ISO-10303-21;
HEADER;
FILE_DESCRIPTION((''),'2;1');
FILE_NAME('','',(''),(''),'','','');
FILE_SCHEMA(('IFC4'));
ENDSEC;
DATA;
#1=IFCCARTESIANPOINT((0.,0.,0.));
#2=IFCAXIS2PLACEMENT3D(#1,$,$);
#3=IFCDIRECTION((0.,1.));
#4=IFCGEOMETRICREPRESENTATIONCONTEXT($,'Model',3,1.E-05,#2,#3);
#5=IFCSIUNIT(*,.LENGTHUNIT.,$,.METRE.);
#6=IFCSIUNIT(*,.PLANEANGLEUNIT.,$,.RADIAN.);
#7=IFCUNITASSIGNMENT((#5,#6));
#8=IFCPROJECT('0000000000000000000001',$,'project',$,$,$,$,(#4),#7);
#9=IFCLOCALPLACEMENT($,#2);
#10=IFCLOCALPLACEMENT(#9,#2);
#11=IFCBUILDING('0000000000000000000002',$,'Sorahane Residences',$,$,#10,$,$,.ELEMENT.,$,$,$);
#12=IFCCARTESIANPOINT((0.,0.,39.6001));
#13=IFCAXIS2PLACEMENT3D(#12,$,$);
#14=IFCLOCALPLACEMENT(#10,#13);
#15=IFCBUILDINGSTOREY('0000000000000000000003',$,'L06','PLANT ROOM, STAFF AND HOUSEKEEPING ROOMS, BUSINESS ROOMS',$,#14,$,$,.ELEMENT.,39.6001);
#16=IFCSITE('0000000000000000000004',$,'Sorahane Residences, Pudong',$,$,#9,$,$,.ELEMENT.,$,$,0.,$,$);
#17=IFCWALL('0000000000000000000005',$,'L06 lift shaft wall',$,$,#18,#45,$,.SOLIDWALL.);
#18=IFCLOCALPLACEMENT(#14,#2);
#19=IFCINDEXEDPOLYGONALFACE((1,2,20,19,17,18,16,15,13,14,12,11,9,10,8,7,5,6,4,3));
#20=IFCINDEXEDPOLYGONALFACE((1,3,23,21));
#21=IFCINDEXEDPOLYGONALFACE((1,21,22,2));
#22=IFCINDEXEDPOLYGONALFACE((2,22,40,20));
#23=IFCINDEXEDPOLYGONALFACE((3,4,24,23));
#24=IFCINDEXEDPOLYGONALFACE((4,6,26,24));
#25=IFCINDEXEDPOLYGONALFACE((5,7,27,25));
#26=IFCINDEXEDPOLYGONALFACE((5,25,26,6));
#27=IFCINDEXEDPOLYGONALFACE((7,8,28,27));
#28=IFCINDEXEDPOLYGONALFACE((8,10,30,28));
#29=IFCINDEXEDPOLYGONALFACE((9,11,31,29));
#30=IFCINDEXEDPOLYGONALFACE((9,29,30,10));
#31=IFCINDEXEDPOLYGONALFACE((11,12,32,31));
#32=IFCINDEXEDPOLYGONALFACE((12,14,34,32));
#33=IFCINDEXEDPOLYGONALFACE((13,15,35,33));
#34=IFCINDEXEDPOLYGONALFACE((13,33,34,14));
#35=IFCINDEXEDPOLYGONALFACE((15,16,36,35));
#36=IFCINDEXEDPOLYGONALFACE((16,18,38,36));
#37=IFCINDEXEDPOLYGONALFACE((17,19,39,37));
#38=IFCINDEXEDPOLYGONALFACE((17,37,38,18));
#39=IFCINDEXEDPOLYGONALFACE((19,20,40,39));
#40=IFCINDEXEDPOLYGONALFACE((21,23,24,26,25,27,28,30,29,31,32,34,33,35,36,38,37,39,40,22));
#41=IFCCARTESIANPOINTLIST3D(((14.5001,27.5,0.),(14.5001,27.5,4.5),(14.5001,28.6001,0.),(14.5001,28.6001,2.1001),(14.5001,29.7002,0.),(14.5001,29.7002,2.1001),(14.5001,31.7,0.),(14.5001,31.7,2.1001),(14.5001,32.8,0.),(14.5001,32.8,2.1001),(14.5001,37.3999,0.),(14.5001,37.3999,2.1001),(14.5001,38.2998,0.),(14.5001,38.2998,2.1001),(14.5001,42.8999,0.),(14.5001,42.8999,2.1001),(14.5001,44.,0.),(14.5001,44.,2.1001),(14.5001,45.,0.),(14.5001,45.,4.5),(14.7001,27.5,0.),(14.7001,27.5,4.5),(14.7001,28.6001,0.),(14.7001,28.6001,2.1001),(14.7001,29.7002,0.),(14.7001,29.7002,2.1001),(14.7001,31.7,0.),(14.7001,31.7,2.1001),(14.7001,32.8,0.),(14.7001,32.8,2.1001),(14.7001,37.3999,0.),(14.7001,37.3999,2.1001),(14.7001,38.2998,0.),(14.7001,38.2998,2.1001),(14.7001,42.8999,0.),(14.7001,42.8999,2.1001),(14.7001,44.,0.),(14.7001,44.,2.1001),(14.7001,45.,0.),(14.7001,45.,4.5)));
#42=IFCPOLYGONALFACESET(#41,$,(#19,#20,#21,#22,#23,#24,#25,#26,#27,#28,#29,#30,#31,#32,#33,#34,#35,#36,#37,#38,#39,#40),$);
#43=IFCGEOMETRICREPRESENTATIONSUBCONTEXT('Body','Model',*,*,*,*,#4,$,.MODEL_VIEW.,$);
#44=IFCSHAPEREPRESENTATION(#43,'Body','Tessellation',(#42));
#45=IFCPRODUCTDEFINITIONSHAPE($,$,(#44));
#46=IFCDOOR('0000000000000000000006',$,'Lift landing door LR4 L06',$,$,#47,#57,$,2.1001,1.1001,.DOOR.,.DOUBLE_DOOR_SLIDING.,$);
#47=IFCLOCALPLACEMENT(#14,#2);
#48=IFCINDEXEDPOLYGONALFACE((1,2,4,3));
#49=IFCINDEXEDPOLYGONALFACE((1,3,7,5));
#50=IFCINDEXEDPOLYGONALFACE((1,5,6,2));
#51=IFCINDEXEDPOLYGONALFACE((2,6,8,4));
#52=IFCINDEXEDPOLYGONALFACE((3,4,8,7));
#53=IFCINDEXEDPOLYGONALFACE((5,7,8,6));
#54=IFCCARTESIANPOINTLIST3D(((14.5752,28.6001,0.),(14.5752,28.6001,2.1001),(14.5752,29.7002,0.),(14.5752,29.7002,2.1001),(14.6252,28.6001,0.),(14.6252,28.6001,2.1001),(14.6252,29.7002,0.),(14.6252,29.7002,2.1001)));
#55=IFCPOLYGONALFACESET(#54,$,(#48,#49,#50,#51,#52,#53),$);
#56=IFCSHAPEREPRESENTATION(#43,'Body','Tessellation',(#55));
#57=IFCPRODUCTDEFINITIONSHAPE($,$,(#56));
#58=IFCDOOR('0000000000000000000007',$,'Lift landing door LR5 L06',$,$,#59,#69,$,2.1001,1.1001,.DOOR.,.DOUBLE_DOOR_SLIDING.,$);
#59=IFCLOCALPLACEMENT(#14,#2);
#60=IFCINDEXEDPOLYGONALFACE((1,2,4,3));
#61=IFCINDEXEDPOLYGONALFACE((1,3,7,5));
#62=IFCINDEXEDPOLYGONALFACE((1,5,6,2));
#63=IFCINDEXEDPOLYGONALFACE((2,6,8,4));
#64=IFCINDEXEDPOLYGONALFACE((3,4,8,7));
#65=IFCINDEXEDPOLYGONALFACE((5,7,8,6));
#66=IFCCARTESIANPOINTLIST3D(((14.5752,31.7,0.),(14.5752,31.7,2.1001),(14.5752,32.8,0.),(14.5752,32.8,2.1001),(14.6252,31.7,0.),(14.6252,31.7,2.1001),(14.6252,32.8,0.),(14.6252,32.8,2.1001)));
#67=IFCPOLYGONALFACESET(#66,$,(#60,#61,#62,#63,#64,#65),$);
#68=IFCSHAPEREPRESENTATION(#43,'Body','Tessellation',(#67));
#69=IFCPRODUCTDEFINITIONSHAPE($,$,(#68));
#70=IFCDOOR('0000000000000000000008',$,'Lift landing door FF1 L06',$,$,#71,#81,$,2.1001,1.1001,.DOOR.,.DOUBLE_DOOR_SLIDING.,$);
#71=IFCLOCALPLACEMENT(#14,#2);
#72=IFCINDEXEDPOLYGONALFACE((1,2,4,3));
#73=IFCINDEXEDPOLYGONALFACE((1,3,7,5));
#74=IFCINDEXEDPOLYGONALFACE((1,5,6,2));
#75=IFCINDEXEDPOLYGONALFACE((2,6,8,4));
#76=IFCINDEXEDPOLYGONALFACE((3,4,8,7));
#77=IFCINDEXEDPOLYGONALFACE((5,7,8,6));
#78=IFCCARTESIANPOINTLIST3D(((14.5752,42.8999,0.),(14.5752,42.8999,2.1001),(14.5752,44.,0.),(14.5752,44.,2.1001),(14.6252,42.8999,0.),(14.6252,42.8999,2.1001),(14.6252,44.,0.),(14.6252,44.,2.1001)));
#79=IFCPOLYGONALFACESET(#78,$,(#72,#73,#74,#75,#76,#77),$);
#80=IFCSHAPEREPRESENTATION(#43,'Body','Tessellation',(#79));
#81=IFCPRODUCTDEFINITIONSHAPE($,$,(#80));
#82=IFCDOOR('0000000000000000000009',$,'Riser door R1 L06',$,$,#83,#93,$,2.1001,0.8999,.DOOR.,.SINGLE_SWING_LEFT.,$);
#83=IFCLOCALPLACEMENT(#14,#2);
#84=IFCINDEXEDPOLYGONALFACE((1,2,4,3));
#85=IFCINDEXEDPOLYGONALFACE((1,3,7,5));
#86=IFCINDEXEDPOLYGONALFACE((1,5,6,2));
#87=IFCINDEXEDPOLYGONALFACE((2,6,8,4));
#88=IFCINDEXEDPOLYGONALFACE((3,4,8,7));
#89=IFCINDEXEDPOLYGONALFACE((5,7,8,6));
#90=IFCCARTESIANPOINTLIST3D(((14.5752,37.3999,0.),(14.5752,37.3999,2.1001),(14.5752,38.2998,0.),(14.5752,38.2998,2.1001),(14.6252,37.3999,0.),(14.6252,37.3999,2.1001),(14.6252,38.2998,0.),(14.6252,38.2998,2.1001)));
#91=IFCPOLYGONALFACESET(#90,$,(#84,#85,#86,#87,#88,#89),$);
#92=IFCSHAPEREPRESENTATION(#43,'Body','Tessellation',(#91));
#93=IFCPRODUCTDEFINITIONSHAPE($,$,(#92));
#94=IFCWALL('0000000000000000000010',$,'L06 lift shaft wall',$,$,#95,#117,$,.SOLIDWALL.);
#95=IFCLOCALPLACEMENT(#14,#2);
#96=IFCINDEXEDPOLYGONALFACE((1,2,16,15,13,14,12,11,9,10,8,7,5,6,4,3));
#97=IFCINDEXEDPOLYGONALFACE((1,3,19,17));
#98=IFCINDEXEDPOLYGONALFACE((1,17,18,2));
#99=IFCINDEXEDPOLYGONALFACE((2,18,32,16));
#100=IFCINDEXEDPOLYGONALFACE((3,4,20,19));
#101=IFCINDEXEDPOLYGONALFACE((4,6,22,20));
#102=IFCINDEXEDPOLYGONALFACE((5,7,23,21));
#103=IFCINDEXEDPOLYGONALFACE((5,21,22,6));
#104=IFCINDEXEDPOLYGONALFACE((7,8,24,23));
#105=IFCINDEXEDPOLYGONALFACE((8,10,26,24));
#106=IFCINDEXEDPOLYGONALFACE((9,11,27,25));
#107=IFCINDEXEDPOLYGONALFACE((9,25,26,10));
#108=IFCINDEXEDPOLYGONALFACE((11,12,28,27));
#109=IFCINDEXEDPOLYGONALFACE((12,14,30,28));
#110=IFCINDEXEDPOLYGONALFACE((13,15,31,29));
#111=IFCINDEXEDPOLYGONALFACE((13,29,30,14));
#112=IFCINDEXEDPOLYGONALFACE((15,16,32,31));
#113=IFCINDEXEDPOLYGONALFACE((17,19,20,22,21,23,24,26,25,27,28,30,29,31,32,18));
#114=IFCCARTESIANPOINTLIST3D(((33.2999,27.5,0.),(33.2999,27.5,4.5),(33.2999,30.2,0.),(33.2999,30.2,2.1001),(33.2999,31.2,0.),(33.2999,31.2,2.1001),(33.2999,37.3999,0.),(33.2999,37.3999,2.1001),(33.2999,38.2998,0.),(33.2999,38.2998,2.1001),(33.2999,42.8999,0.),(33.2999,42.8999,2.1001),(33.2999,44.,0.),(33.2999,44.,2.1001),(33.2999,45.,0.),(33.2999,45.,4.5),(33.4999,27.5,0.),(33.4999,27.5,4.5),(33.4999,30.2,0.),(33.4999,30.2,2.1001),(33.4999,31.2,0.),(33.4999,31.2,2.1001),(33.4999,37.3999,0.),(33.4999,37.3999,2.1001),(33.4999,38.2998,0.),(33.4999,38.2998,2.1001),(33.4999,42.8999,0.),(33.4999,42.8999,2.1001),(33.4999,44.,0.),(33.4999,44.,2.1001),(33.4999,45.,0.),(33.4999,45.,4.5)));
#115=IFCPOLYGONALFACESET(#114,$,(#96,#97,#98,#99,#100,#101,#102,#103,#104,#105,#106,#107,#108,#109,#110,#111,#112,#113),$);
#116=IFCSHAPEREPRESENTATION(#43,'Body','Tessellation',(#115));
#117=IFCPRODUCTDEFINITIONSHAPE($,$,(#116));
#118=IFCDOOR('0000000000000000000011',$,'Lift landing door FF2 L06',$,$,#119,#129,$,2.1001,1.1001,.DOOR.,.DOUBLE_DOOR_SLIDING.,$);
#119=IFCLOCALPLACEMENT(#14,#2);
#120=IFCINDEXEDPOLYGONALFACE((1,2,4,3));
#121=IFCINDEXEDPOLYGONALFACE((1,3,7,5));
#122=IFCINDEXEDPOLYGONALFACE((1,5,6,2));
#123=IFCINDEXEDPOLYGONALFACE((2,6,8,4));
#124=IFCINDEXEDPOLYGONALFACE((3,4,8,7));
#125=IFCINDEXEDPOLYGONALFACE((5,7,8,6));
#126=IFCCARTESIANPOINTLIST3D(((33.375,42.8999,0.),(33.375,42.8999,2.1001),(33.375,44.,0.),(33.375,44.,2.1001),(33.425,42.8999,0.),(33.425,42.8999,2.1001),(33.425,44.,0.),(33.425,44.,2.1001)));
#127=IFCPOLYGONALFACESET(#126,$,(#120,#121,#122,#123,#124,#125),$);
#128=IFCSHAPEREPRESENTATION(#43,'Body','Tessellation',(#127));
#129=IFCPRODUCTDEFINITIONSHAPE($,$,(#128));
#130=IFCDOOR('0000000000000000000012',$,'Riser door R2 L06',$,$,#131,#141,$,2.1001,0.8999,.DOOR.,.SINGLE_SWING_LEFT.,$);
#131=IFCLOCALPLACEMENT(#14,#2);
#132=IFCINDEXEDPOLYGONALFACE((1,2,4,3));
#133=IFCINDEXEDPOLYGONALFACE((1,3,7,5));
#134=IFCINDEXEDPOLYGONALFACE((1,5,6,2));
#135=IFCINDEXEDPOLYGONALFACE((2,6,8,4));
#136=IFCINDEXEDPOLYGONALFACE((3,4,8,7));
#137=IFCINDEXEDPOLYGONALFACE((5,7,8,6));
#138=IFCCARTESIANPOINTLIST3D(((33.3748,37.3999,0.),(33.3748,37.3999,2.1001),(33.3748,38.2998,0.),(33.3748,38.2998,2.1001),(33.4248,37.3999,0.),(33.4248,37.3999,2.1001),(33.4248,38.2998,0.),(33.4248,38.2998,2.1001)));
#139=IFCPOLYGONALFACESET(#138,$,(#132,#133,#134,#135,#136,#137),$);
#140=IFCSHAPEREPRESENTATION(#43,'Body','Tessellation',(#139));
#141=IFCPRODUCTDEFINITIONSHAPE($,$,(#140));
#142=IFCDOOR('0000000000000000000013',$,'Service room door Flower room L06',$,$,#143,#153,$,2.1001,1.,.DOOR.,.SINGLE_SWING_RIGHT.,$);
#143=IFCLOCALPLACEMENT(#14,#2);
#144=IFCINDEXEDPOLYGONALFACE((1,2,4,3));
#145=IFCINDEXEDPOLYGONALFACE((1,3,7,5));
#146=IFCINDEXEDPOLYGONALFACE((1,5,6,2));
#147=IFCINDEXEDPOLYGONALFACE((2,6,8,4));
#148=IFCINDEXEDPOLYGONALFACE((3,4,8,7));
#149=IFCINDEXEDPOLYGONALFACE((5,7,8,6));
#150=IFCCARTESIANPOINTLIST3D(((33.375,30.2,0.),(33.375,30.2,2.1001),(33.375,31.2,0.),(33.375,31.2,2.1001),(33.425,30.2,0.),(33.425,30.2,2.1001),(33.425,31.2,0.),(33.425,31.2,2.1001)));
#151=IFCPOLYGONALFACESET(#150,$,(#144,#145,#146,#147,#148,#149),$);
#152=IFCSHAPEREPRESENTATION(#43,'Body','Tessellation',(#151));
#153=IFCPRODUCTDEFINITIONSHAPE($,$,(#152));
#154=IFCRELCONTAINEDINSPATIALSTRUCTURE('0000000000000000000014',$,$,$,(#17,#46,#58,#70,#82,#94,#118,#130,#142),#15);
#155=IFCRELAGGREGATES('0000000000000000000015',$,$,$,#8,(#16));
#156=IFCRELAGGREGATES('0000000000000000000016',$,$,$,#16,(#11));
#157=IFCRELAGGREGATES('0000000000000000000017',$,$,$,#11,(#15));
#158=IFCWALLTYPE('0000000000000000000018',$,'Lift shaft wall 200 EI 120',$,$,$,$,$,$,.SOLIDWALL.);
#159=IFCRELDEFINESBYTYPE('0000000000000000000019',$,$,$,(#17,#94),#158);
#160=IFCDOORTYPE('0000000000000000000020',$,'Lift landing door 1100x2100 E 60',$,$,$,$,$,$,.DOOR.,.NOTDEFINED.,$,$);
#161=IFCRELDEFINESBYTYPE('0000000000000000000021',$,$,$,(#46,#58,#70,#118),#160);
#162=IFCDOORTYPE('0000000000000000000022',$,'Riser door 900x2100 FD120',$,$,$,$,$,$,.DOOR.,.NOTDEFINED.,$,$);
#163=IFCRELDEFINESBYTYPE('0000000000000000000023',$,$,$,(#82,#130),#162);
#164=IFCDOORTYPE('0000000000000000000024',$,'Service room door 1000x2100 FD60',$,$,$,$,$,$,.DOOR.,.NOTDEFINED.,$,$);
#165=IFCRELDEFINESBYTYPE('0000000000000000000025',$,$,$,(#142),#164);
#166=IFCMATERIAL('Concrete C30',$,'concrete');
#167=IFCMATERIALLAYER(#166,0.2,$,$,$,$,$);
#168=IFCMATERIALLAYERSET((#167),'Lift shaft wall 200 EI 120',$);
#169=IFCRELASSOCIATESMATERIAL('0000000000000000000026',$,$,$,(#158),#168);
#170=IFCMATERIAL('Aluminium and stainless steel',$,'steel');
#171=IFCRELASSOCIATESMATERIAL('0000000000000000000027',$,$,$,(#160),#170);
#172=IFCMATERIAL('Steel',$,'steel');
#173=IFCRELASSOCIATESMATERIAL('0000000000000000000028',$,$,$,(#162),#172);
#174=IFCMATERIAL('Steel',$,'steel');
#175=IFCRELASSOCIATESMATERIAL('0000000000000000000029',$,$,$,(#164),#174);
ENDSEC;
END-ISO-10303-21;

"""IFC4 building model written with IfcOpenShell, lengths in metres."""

from ifc_helpers import new_model, si_unit, direction, frame, frame_2d, origin, place, context, subcontext, project, spatial, rectangle, extrude, material, layer, layer_set, type_object, element, fill, save


model = new_model("IFC4")

# Units and contexts
model_context = context("Model", 3, precision=1e-05, world=origin(), true_north=direction((0.0, 1.0)))
body_context = subcontext(model_context, "Body", "Model", "MODEL_VIEW")
ifc_project = project(units=[si_unit("LENGTHUNIT", "METRE"), si_unit("PLANEANGLEUNIT", "RADIAN")], contexts=[model_context])

# Site, building, storey
site_placement = place(None, origin())
site = spatial("IfcSite", under=ifc_project, at=site_placement, Name="Sorahane Residences, Pudong", CompositionType="ELEMENT", RefElevation=0.0)
building_placement = place(site_placement, origin())
building = spatial("IfcBuilding", under=site, at=building_placement, Name="Sorahane Residences", CompositionType="ELEMENT")
storey_placement = place(building_placement, frame((0.0, 0.0, 39.6001)))
storey = spatial("IfcBuildingStorey", under=building, at=storey_placement, Name="L06", Description="PLANT ROOM, STAFF AND HOUSEKEEPING ROOMS, BUSINESS ROOMS", CompositionType="ELEMENT", Elevation=39.6001)

# Walls, openings, doors
ifc_material_1 = material(Name="Concrete C30", Category="concrete")
ifc_layer_1 = layer(ifc_material_1, 0.2)
ifc_layer_set_1 = layer_set([ifc_layer_1], Name="Lift shaft wall 200 EI 120")
wall_type_1 = type_object("IfcWallType", Name="Lift shaft wall 200 EI 120", PredefinedType="SOLIDWALL", material=ifc_layer_set_1)
wall_1_placement = place(storey_placement, frame((14.6001, 27.5, 0.0), z_axis=(0.0, 0.0, 1.0), x_axis=(0.0, 1.0, 0.0)))
wall_1 = element("IfcWall", 1, at=wall_1_placement, inside=storey, type_object=wall_type_1, Name="L06 lift shaft wall", PredefinedType="SOLIDWALL", context=body_context, shape_type="SweptSolid", body=[
    extrude(rectangle(XDim=17.5, YDim=0.2, at=frame_2d((8.75, 0.0))), origin(), (0.0, 0.0, 1.0), 4.5),
])
opening_1_placement = place(wall_1_placement, frame((1.1001, 0.0, 0.0)))
opening_1 = element("IfcOpeningElement", 2, at=opening_1_placement, cuts=wall_1, PredefinedType="OPENING", context=body_context, shape_type="SweptSolid", body=[
    extrude(rectangle(XDim=1.1001, YDim=2.1001, at=frame_2d((0.55, 1.05))), frame((0.0, 0.1099, 0.0), z_axis=(0.0, -1.0, 0.0), x_axis=(1.0, 0.0, 0.0)), (0.0, 0.0, 1.0), 0.22),
])
opening_2_placement = place(wall_1_placement, frame((4.2, 0.0, 0.0)))
opening_2 = element("IfcOpeningElement", 3, at=opening_2_placement, cuts=wall_1, PredefinedType="OPENING", context=body_context, shape_type="SweptSolid", body=[
    extrude(rectangle(XDim=1.1001, YDim=2.1001, at=frame_2d((0.55, 1.05))), frame((0.0, 0.1099, 0.0), z_axis=(0.0, -1.0, 0.0), x_axis=(1.0, 0.0, 0.0)), (0.0, 0.0, 1.0), 0.22),
])
opening_3_placement = place(wall_1_placement, frame((15.3999, 0.0, 0.0)))
opening_3 = element("IfcOpeningElement", 4, at=opening_3_placement, cuts=wall_1, PredefinedType="OPENING", context=body_context, shape_type="SweptSolid", body=[
    extrude(rectangle(XDim=1.1001, YDim=2.1001, at=frame_2d((0.55, 1.05))), frame((0.0, 0.1099, 0.0), z_axis=(0.0, -1.0, 0.0), x_axis=(1.0, 0.0, 0.0)), (0.0, 0.0, 1.0), 0.22),
])
opening_4_placement = place(wall_1_placement, frame((9.8999, 0.0, 0.0)))
opening_4 = element("IfcOpeningElement", 5, at=opening_4_placement, cuts=wall_1, PredefinedType="OPENING", context=body_context, shape_type="SweptSolid", body=[
    extrude(rectangle(XDim=0.8999, YDim=2.1001, at=frame_2d((0.45, 1.05))), frame((0.0, 0.1099, 0.0), z_axis=(0.0, -1.0, 0.0), x_axis=(1.0, 0.0, 0.0)), (0.0, 0.0, 1.0), 0.22),
])
ifc_material_2 = material(Name="Aluminium and stainless steel", Category="steel")
door_type_1 = type_object("IfcDoorType", Name="Lift landing door 1100x2100 E 60", OperationType="NOTDEFINED", PredefinedType="DOOR", material=ifc_material_2)
door_1_placement = place(opening_1_placement, origin())
door_1 = element("IfcDoor", 6, at=door_1_placement, inside=storey, type_object=door_type_1, Name="Lift landing door LR4 L06", OperationType="DOUBLE_DOOR_SLIDING", OverallHeight=2.1001, OverallWidth=1.1001, PredefinedType="DOOR", context=body_context, shape_type="SweptSolid", body=[
    extrude(rectangle(XDim=1.1001, YDim=2.1001, at=frame_2d((0.55, 1.05))), frame((0.0, 0.0249, 0.0), z_axis=(0.0, -1.0, 0.0), x_axis=(1.0, 0.0, 0.0)), (0.0, 0.0, 1.0), 0.05),
])
fill(opening_1, door_1)
door_2_placement = place(opening_2_placement, origin())
door_2 = element("IfcDoor", 7, at=door_2_placement, inside=storey, type_object=door_type_1, Name="Lift landing door LR5 L06", OperationType="DOUBLE_DOOR_SLIDING", OverallHeight=2.1001, OverallWidth=1.1001, PredefinedType="DOOR", context=body_context, shape_type="SweptSolid", body=[
    extrude(rectangle(XDim=1.1001, YDim=2.1001, at=frame_2d((0.55, 1.05))), frame((0.0, 0.0249, 0.0), z_axis=(0.0, -1.0, 0.0), x_axis=(1.0, 0.0, 0.0)), (0.0, 0.0, 1.0), 0.05),
])
fill(opening_2, door_2)
door_3_placement = place(opening_3_placement, origin())
door_3 = element("IfcDoor", 8, at=door_3_placement, inside=storey, type_object=door_type_1, Name="Lift landing door FF1 L06", OperationType="DOUBLE_DOOR_SLIDING", OverallHeight=2.1001, OverallWidth=1.1001, PredefinedType="DOOR", context=body_context, shape_type="SweptSolid", body=[
    extrude(rectangle(XDim=1.1001, YDim=2.1001, at=frame_2d((0.55, 1.05))), frame((0.0, 0.0249, 0.0), z_axis=(0.0, -1.0, 0.0), x_axis=(1.0, 0.0, 0.0)), (0.0, 0.0, 1.0), 0.05),
])
fill(opening_3, door_3)
ifc_material_3 = material(Name="Steel", Category="steel")
door_type_2 = type_object("IfcDoorType", Name="Riser door 900x2100 FD120", OperationType="NOTDEFINED", PredefinedType="DOOR", material=ifc_material_3)
door_4_placement = place(opening_4_placement, origin())
door_4 = element("IfcDoor", 9, at=door_4_placement, inside=storey, type_object=door_type_2, Name="Riser door R1 L06", OperationType="SINGLE_SWING_LEFT", OverallHeight=2.1001, OverallWidth=0.8999, PredefinedType="DOOR", context=body_context, shape_type="SweptSolid", body=[
    extrude(rectangle(XDim=0.8999, YDim=2.1001, at=frame_2d((0.45, 1.05))), frame((0.0, 0.0249, 0.0), z_axis=(0.0, -1.0, 0.0), x_axis=(1.0, 0.0, 0.0)), (0.0, 0.0, 1.0), 0.05),
])
fill(opening_4, door_4)
wall_2_placement = place(storey_placement, frame((33.3999, 27.5, 0.0), z_axis=(0.0, 0.0, 1.0), x_axis=(0.0, 1.0, 0.0)))
wall_2 = element("IfcWall", 10, at=wall_2_placement, inside=storey, type_object=wall_type_1, Name="L06 lift shaft wall", PredefinedType="SOLIDWALL", context=body_context, shape_type="SweptSolid", body=[
    extrude(rectangle(XDim=17.5, YDim=0.2, at=frame_2d((8.75, 0.0))), origin(), (0.0, 0.0, 1.0), 4.5),
])
opening_5_placement = place(wall_2_placement, frame((15.3999, 0.0, 0.0)))
opening_5 = element("IfcOpeningElement", 11, at=opening_5_placement, cuts=wall_2, PredefinedType="OPENING", context=body_context, shape_type="SweptSolid", body=[
    extrude(rectangle(XDim=1.1001, YDim=2.1001, at=frame_2d((0.55, 1.05))), frame((0.0, 0.1099, 0.0), z_axis=(0.0, -1.0, 0.0), x_axis=(1.0, 0.0, 0.0)), (0.0, 0.0, 1.0), 0.22),
])
opening_6_placement = place(wall_2_placement, frame((2.7, 0.0, 0.0)))
opening_6 = element("IfcOpeningElement", 12, at=opening_6_placement, cuts=wall_2, PredefinedType="OPENING", context=body_context, shape_type="SweptSolid", body=[
    extrude(rectangle(XDim=1.0, YDim=2.1001, at=frame_2d((0.5, 1.05))), frame((0.0, 0.1099, 0.0), z_axis=(0.0, -1.0, 0.0), x_axis=(1.0, 0.0, 0.0)), (0.0, 0.0, 1.0), 0.22),
])
opening_7_placement = place(wall_2_placement, frame((9.8999, 0.0, 0.0)))
opening_7 = element("IfcOpeningElement", 13, at=opening_7_placement, cuts=wall_2, PredefinedType="OPENING", context=body_context, shape_type="SweptSolid", body=[
    extrude(rectangle(XDim=0.8999, YDim=2.1001, at=frame_2d((0.45, 1.05))), frame((0.0, 0.1099, 0.0), z_axis=(0.0, -1.0, 0.0), x_axis=(1.0, 0.0, 0.0)), (0.0, 0.0, 1.0), 0.22),
])
door_5_placement = place(opening_5_placement, origin())
door_5 = element("IfcDoor", 14, at=door_5_placement, inside=storey, type_object=door_type_1, Name="Lift landing door FF2 L06", OperationType="DOUBLE_DOOR_SLIDING", OverallHeight=2.1001, OverallWidth=1.1001, PredefinedType="DOOR", context=body_context, shape_type="SweptSolid", body=[
    extrude(rectangle(XDim=1.1001, YDim=2.1001, at=frame_2d((0.55, 1.05))), frame((0.0, 0.0249, 0.0), z_axis=(0.0, -1.0, 0.0), x_axis=(1.0, 0.0, 0.0)), (0.0, 0.0, 1.0), 0.05),
])
fill(opening_5, door_5)
door_6_placement = place(opening_7_placement, frame((0.8999, 0.0, 0.0), z_axis=(0.0, 0.0, 1.0), x_axis=(-1.0, 0.0, 0.0)))
door_6 = element("IfcDoor", 15, at=door_6_placement, inside=storey, type_object=door_type_2, Name="Riser door R2 L06", OperationType="SINGLE_SWING_LEFT", OverallHeight=2.1001, OverallWidth=0.8999, PredefinedType="DOOR", context=body_context, shape_type="SweptSolid", body=[
    extrude(rectangle(XDim=0.8999, YDim=2.1001, at=frame_2d((0.45, 1.05))), frame((0.0, 0.0249, 0.0), z_axis=(0.0, -1.0, 0.0), x_axis=(1.0, 0.0, 0.0)), (0.0, 0.0, 1.0), 0.05),
])
fill(opening_7, door_6)
ifc_material_4 = material(Name="Steel", Category="steel")
door_type_3 = type_object("IfcDoorType", Name="Service room door 1000x2100 FD60", OperationType="NOTDEFINED", PredefinedType="DOOR", material=ifc_material_4)
door_7_placement = place(opening_6_placement, origin())
door_7 = element("IfcDoor", 16, at=door_7_placement, inside=storey, type_object=door_type_3, Name="Service room door Flower room L06", OperationType="SINGLE_SWING_RIGHT", OverallHeight=2.1001, OverallWidth=1.0, PredefinedType="DOOR", context=body_context, shape_type="SweptSolid", body=[
    extrude(rectangle(XDim=1.0, YDim=2.1001, at=frame_2d((0.5, 1.05))), frame((0.0, 0.0249, 0.0), z_axis=(0.0, -1.0, 0.0), x_axis=(1.0, 0.0, 0.0)), (0.0, 0.0, 1.0), 0.05),
])
fill(opening_6, door_7)

save(model, "model.ifc")
